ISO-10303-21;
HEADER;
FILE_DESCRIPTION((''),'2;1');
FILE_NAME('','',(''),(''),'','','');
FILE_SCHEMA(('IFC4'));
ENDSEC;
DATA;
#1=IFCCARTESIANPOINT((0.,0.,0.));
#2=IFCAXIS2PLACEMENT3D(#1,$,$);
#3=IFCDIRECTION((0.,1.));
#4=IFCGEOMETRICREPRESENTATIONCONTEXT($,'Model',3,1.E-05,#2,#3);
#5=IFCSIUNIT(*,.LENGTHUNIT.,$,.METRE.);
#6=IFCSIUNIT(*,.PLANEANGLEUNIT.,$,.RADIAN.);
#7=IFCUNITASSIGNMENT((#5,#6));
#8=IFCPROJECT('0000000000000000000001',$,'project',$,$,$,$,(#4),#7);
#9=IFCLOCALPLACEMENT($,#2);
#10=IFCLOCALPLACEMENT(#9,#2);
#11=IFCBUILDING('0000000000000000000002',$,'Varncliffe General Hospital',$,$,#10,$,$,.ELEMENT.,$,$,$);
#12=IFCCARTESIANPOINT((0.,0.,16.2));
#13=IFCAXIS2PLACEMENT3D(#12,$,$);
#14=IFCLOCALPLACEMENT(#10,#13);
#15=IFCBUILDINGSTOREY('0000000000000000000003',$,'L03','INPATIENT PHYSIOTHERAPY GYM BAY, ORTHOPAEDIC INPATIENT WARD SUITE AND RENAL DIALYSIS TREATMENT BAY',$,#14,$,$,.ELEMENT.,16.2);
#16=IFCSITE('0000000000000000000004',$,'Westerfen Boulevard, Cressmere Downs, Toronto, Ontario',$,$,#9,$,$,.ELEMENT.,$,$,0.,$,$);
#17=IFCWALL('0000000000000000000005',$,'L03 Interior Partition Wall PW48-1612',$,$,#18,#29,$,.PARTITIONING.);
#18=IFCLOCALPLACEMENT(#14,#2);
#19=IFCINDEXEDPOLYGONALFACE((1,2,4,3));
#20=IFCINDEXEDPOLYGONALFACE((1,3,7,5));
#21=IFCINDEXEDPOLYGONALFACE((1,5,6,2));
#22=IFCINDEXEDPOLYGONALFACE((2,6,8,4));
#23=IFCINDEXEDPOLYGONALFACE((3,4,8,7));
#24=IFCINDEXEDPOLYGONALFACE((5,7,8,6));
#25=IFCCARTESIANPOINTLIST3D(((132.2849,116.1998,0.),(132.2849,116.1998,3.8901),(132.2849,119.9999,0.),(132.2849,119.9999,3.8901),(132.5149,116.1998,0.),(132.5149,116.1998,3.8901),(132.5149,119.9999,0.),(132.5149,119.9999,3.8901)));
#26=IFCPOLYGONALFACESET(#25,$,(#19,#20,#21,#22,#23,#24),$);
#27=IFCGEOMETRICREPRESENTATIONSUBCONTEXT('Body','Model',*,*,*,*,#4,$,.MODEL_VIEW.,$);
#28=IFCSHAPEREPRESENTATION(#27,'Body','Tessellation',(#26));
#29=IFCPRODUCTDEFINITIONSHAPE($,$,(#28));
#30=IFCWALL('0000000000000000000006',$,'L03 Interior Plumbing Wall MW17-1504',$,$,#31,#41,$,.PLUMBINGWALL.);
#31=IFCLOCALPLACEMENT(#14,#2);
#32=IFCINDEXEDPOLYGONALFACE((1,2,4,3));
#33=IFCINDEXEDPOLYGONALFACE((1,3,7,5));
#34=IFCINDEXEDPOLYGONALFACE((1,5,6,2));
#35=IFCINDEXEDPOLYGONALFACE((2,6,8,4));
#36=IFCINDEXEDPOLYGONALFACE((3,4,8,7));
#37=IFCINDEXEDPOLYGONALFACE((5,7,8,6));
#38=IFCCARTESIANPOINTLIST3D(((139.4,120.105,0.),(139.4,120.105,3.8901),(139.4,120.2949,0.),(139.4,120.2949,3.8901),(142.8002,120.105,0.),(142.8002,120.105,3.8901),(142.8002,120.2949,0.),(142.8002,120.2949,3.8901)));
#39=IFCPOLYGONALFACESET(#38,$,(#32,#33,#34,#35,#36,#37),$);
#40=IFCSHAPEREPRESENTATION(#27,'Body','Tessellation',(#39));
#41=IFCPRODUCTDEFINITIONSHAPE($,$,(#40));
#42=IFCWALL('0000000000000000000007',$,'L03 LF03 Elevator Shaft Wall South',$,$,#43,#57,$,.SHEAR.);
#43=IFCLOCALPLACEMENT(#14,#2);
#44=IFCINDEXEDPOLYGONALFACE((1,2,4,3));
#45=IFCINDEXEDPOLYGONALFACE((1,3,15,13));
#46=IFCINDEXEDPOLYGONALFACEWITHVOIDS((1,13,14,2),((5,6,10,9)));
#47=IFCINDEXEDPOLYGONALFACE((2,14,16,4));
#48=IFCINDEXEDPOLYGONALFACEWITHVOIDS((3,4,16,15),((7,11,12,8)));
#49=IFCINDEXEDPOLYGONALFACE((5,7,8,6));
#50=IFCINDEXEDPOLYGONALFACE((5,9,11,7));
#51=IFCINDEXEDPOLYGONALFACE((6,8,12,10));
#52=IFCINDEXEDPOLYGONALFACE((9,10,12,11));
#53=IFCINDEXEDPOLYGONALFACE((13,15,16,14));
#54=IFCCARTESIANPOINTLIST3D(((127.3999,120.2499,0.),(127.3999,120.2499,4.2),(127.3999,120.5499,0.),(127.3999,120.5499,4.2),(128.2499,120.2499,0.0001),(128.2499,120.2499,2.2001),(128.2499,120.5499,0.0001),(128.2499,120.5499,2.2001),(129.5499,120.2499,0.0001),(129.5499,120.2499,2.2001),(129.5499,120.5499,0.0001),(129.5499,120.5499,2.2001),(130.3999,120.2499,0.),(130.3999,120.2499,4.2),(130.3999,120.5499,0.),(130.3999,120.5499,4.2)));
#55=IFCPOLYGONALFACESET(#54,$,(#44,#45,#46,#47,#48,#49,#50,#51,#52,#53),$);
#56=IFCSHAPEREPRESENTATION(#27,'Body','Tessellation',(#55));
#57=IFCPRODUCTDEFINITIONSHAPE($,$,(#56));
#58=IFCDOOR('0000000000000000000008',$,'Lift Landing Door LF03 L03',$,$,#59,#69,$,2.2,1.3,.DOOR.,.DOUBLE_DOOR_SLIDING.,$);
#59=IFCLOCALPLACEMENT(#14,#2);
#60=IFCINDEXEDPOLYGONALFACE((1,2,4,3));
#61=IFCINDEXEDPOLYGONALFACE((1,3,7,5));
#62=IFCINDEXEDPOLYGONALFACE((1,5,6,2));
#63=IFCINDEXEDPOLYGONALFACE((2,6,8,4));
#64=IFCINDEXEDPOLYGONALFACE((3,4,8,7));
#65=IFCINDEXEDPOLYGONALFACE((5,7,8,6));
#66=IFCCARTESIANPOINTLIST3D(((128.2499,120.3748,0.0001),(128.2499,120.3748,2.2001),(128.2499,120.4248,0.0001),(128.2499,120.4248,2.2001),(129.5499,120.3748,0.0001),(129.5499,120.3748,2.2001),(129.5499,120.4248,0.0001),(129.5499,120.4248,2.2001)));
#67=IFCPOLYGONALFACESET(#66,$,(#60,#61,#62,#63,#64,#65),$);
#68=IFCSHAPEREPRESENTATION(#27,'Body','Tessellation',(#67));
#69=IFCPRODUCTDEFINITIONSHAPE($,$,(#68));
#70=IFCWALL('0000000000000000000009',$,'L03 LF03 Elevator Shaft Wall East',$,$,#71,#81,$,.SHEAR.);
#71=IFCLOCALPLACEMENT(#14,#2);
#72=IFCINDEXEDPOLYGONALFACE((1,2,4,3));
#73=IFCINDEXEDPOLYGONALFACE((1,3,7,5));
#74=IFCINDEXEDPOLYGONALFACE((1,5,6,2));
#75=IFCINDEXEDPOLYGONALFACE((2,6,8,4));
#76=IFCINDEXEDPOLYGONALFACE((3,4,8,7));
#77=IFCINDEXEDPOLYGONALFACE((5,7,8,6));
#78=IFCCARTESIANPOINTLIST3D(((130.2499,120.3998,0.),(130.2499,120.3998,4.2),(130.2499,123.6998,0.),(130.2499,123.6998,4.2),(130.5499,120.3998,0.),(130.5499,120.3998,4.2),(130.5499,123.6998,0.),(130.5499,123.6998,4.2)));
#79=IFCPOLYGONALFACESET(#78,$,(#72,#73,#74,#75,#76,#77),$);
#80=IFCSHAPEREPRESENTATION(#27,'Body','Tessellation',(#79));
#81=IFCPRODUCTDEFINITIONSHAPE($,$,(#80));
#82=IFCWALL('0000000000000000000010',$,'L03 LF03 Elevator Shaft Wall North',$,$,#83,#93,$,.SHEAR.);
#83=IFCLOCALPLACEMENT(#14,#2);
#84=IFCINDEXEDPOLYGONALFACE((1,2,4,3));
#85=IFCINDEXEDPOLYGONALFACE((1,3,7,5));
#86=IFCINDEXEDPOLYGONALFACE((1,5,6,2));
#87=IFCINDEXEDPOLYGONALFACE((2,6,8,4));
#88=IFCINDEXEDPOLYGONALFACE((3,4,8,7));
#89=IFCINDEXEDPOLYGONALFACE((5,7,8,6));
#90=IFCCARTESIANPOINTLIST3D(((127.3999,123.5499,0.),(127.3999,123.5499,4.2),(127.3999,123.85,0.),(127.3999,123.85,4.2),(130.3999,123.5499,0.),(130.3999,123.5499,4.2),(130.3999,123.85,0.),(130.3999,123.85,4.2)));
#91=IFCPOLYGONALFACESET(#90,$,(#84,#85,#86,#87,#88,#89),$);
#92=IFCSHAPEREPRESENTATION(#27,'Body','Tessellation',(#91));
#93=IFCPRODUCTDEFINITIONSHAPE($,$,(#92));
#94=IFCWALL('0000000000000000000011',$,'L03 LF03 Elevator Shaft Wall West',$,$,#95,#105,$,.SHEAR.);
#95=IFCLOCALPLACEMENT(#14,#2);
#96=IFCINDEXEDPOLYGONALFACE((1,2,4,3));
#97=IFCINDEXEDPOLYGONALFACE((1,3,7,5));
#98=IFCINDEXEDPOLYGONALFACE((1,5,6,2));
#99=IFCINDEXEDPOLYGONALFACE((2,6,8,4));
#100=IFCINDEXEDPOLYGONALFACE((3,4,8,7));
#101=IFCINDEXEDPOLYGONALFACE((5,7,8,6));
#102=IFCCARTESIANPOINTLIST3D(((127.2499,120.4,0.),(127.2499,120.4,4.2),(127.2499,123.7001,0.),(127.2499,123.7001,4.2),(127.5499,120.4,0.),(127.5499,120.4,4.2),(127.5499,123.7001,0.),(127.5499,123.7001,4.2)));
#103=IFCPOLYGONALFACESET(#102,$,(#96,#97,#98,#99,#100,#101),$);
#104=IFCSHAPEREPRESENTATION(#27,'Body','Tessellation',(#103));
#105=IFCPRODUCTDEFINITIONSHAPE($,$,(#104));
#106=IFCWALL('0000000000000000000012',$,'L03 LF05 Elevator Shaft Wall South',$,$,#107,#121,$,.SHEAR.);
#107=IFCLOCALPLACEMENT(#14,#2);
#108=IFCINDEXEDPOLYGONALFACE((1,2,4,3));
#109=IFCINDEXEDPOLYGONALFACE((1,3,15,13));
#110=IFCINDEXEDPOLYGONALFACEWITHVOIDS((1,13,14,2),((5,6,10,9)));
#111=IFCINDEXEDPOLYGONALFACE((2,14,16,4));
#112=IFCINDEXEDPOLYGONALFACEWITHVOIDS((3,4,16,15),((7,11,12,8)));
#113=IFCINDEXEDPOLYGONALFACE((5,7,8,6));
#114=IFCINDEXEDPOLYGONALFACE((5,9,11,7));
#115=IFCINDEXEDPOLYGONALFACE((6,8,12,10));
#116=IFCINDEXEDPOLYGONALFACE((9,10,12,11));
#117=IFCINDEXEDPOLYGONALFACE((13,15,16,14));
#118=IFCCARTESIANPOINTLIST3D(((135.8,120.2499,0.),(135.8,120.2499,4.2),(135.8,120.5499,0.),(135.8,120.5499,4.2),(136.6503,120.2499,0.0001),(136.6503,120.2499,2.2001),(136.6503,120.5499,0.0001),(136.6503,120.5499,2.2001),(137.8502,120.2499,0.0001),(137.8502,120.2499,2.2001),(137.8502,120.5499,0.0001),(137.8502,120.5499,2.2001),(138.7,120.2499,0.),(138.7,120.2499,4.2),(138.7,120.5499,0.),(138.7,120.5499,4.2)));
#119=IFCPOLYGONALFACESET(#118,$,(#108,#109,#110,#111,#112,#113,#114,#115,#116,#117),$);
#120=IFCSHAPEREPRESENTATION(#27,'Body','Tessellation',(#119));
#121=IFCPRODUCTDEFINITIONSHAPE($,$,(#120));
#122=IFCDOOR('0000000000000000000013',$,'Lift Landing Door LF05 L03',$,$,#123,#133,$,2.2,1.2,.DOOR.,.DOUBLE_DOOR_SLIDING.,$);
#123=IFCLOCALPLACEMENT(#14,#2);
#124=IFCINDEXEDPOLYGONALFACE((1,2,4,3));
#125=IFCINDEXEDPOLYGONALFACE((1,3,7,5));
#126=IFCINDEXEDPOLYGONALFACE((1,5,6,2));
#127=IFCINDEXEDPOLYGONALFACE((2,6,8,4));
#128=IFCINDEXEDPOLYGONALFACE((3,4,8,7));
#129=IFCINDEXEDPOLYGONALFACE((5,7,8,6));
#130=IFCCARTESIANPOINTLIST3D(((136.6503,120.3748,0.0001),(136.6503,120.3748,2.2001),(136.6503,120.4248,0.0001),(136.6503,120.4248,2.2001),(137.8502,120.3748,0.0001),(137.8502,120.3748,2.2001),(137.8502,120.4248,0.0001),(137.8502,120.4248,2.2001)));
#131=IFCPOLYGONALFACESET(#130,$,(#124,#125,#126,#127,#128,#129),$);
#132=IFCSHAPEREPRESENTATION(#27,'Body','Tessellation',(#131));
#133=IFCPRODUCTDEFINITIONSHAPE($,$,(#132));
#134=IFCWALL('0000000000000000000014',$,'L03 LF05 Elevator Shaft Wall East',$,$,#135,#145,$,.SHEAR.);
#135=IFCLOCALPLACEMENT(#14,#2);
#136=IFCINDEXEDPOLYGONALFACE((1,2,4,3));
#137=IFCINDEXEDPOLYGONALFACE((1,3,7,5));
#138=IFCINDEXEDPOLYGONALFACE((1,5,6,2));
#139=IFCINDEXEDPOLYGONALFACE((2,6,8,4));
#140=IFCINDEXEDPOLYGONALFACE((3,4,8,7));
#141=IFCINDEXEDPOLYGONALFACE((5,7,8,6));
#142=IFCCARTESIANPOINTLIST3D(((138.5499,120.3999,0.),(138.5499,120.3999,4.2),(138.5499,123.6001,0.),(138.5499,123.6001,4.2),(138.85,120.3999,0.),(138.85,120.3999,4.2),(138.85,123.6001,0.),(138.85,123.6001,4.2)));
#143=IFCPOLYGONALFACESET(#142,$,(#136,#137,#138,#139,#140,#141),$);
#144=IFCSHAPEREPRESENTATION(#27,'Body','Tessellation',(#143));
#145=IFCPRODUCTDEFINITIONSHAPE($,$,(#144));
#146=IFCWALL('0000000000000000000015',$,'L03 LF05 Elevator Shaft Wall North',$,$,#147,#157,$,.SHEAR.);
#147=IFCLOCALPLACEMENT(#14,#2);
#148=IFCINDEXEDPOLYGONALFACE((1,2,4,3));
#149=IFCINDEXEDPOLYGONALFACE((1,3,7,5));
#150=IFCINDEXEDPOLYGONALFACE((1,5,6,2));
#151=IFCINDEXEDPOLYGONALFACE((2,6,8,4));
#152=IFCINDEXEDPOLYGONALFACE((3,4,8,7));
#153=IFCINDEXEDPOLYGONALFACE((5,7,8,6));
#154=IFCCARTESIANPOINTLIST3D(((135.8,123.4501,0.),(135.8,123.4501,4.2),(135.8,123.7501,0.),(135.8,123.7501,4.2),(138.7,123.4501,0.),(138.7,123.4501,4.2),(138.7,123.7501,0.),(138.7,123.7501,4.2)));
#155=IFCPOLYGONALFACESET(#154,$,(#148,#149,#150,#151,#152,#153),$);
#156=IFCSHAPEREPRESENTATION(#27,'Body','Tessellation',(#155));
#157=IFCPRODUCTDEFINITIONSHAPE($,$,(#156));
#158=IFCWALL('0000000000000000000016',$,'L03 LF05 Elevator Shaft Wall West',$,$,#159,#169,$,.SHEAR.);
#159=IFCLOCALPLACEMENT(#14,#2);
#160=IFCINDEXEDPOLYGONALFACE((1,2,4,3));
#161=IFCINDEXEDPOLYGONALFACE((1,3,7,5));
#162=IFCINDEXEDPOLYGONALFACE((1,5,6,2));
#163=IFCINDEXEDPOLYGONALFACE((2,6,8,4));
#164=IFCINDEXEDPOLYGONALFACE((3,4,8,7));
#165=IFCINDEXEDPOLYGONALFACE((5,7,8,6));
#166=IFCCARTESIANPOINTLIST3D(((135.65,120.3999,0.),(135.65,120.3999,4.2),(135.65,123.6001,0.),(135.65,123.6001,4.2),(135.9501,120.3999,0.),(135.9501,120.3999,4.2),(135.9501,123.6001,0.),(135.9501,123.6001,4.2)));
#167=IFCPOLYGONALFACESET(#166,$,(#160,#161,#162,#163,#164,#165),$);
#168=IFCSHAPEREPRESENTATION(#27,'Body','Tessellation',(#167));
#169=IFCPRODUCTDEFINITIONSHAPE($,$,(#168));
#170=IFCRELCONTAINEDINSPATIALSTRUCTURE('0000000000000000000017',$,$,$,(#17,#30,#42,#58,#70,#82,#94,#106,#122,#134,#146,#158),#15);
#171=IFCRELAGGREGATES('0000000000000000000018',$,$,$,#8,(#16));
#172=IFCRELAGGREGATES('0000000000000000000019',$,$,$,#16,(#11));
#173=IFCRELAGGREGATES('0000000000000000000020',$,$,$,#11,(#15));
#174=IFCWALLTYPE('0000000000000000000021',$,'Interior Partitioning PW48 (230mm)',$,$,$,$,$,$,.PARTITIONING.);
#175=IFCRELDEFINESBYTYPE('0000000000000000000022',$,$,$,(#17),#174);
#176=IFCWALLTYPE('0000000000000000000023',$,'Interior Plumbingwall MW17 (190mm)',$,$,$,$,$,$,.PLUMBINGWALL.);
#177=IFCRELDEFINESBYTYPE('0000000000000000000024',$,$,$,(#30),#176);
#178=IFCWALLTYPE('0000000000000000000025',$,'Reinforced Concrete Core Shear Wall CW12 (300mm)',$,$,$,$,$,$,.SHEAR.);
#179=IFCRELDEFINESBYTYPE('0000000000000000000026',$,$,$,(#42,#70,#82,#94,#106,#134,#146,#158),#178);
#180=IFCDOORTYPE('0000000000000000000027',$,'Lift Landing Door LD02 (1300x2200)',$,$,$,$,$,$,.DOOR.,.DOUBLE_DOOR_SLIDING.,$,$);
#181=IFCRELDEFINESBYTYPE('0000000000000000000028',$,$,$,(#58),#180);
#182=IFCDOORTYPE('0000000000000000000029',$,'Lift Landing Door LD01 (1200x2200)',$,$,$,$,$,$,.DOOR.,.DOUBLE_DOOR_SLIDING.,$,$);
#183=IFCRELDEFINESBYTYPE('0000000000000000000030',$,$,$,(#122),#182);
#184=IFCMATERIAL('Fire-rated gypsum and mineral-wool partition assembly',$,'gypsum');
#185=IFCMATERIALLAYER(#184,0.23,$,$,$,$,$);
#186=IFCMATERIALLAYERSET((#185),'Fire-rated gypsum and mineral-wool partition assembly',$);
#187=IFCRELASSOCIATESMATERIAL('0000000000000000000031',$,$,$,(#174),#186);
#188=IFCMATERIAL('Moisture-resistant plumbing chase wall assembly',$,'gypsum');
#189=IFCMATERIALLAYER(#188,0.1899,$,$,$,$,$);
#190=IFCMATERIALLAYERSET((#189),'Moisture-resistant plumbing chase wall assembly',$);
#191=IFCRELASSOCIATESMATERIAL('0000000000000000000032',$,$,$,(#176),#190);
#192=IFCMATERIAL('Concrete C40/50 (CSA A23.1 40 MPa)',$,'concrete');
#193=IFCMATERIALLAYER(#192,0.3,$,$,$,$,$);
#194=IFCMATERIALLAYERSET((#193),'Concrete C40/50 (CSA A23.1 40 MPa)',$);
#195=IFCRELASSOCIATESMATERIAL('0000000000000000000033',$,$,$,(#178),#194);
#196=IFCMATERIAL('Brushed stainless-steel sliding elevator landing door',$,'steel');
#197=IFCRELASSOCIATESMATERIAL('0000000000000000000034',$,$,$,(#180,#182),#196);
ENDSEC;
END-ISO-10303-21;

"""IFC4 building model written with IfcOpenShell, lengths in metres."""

from ifc_helpers import new_model, si_unit, direction, frame, frame_2d, origin, place, context, subcontext, project, spatial, rectangle, extrude, material, layer, layer_set, type_object, element, fill, save


model = new_model("IFC4")

# Units and contexts
model_context = context("Model", 3, precision=1e-05, world=origin(), true_north=direction((0.0, 1.0)))
body_context = subcontext(model_context, "Body", "Model", "MODEL_VIEW")
ifc_project = project(units=[si_unit("LENGTHUNIT", "METRE"), si_unit("PLANEANGLEUNIT", "RADIAN")], contexts=[model_context])

# Site, building, storey
site_placement = place(None, origin())
site = spatial("IfcSite", under=ifc_project, at=site_placement, Name="Westerfen Boulevard, Cressmere Downs, Toronto, Ontario", CompositionType="ELEMENT", RefElevation=0.0)
building_placement = place(site_placement, origin())
building = spatial("IfcBuilding", under=site, at=building_placement, Name="Varncliffe General Hospital", CompositionType="ELEMENT")
storey_placement = place(building_placement, frame((0.0, 0.0, 16.2)))
storey = spatial("IfcBuildingStorey", under=building, at=storey_placement, Name="L03", Description="INPATIENT PHYSIOTHERAPY GYM BAY, ORTHOPAEDIC INPATIENT WARD SUITE AND RENAL DIALYSIS TREATMENT BAY", CompositionType="ELEMENT", Elevation=16.2)

# Shared definitions
ifc_material_1 = material(Name="Concrete C40/50 (CSA A23.1 40 MPa)", Category="concrete")

# Shared definitions
ifc_material_2 = material(Name="Fire-rated gypsum and mineral-wool partition assembly", Category="gypsum")

# Walls
ifc_layer_1 = layer(ifc_material_2, 0.23)
ifc_layer_set_1 = layer_set([ifc_layer_1], Name="Fire-rated gypsum and mineral-wool partition assembly")
wall_type_1 = type_object("IfcWallType", Name="Interior Partitioning PW48 (230mm)", PredefinedType="PARTITIONING", material=ifc_layer_set_1)
for number, where, z_axis, x_axis, name in (
    (1, (132.3999, 116.2, 0.0), (0.0, 0.0, 1.0), (0.0, 1.0, 0.0), "L03 Interior Partition Wall PW48-1612"),
):
    element("IfcWall", number, at=place(storey_placement, frame(where, z_axis=z_axis, x_axis=x_axis)), inside=storey, type_object=wall_type_1, Name=name, PredefinedType="PARTITIONING", context=body_context, shape_type="SweptSolid", body=[
        extrude(rectangle(XDim=3.8, YDim=0.23, at=frame_2d((1.8999, 0.0))), origin(), (0.0, 0.0, 1.0), 3.8901),
    ])
ifc_material_3 = material(Name="Moisture-resistant plumbing chase wall assembly", Category="gypsum")
ifc_layer_2 = layer(ifc_material_3, 0.1899)
ifc_layer_set_2 = layer_set([ifc_layer_2], Name="Moisture-resistant plumbing chase wall assembly")
wall_type_2 = type_object("IfcWallType", Name="Interior Plumbingwall MW17 (190mm)", PredefinedType="PLUMBINGWALL", material=ifc_layer_set_2)
wall_1_placement = place(storey_placement, frame((139.3999, 120.2, 0.0), z_axis=(0.0, 0.0, 1.0), x_axis=(1.0, 0.0, 0.0)))
element("IfcWall", 2, at=wall_1_placement, inside=storey, type_object=wall_type_2, Name="L03 Interior Plumbing Wall MW17-1504", PredefinedType="PLUMBINGWALL", context=body_context, shape_type="SweptSolid", body=[
    extrude(rectangle(XDim=3.4001, YDim=0.1899, at=frame_2d((1.7002, 0.0))), origin(), (0.0, 0.0, 1.0), 3.8901),
])

# Wall, opening, door
ifc_layer_3 = layer(ifc_material_1, 0.3)
ifc_layer_set_3 = layer_set([ifc_layer_3], Name="Concrete C40/50 (CSA A23.1 40 MPa)")
wall_type_3 = type_object("IfcWallType", Name="Reinforced Concrete Core Shear Wall CW12 (300mm)", PredefinedType="SHEAR", material=ifc_layer_set_3)
wall_2_placement = place(storey_placement, frame((127.3999, 120.3999, 0.0), z_axis=(0.0, 0.0, 1.0), x_axis=(1.0, 0.0, 0.0)))
wall_2 = element("IfcWall", 3, at=wall_2_placement, inside=storey, type_object=wall_type_3, Name="L03 LF03 Elevator Shaft Wall South", PredefinedType="SHEAR", context=body_context, shape_type="SweptSolid", body=[
    extrude(rectangle(XDim=3.0, YDim=0.3, at=frame_2d((1.5, 0.0))), origin(), (0.0, 0.0, 1.0), 4.2),
])
opening_1_placement = place(wall_2_placement, frame((0.8501, 0.0, 0.0)))
opening_1 = element("IfcOpeningElement", 4, at=opening_1_placement, cuts=wall_2, PredefinedType="OPENING", context=body_context, shape_type="SweptSolid", body=[
    extrude(rectangle(XDim=1.3, YDim=2.2, at=frame_2d((0.6499, 1.1001))), frame((0.0, 0.1602, 0.0), z_axis=(0.0, -1.0, 0.0), x_axis=(1.0, 0.0, 0.0)), (0.0, 0.0, 1.0), 0.3201),
])
ifc_material_4 = material(Name="Brushed stainless-steel sliding elevator landing door", Category="steel")
door_type_1 = type_object("IfcDoorType", Name="Lift Landing Door LD02 (1300x2200)", OperationType="DOUBLE_DOOR_SLIDING", PredefinedType="DOOR", material=ifc_material_4)
door_1_placement = place(opening_1_placement, origin())
door_1 = element("IfcDoor", 5, at=door_1_placement, inside=storey, type_object=door_type_1, Name="Lift Landing Door LF03 L03", OperationType="DOUBLE_DOOR_SLIDING", OverallHeight=2.2, OverallWidth=1.3, PredefinedType="DOOR", context=body_context, shape_type="SweptSolid", body=[
    extrude(rectangle(XDim=1.3, YDim=2.2, at=frame_2d((0.6499, 1.1001))), frame((0.0, 0.0249, 0.0), z_axis=(0.0, -1.0, 0.0), x_axis=(1.0, 0.0, 0.0)), (0.0, 0.0, 1.0), 0.05),
])
fill(opening_1, door_1)

# Walls
wall_3_placement = place(storey_placement, frame((130.3999, 120.3999, 0.0), z_axis=(0.0, 0.0, 1.0), x_axis=(0.0, 1.0, 0.0)))
element("IfcWall", 6, at=wall_3_placement, inside=storey, type_object=wall_type_3, Name="L03 LF03 Elevator Shaft Wall East", PredefinedType="SHEAR", context=body_context, shape_type="SweptSolid", body=[
    extrude(rectangle(XDim=3.3, YDim=0.3, at=frame_2d((1.6499, 0.0))), origin(), (0.0, 0.0, 1.0), 4.2),
])
wall_4_placement = place(storey_placement, frame((130.3999, 123.7, 0.0), z_axis=(0.0, 0.0, 1.0), x_axis=(-1.0, 0.0, 0.0)))
element("IfcWall", 7, at=wall_4_placement, inside=storey, type_object=wall_type_3, Name="L03 LF03 Elevator Shaft Wall North", PredefinedType="SHEAR", context=body_context, shape_type="SweptSolid", body=[
    extrude(rectangle(XDim=3.0, YDim=0.3, at=frame_2d((1.5, 0.0))), origin(), (0.0, 0.0, 1.0), 4.2),
])
wall_5_placement = place(storey_placement, frame((127.3999, 123.7, 0.0), z_axis=(0.0, 0.0, 1.0), x_axis=(0.0, -1.0, 0.0)))
element("IfcWall", 8, at=wall_5_placement, inside=storey, type_object=wall_type_3, Name="L03 LF03 Elevator Shaft Wall West", PredefinedType="SHEAR", context=body_context, shape_type="SweptSolid", body=[
    extrude(rectangle(XDim=3.3, YDim=0.3, at=frame_2d((1.6499, 0.0))), origin(), (0.0, 0.0, 1.0), 4.2),
])

# Wall, opening, door
wall_6_placement = place(storey_placement, frame((135.8, 120.3999, 0.0), z_axis=(0.0, 0.0, 1.0), x_axis=(1.0, 0.0, 0.0)))
wall_6 = element("IfcWall", 9, at=wall_6_placement, inside=storey, type_object=wall_type_3, Name="L03 LF05 Elevator Shaft Wall South", PredefinedType="SHEAR", context=body_context, shape_type="SweptSolid", body=[
    extrude(rectangle(XDim=2.8999, YDim=0.3, at=frame_2d((1.45, 0.0))), origin(), (0.0, 0.0, 1.0), 4.2),
])
opening_2_placement = place(wall_6_placement, frame((0.8501, 0.0, 0.0)))
opening_2 = element("IfcOpeningElement", 10, at=opening_2_placement, cuts=wall_6, PredefinedType="OPENING", context=body_context, shape_type="SweptSolid", body=[
    extrude(rectangle(XDim=1.2, YDim=2.2, at=frame_2d((0.6001, 1.1001))), frame((0.0, 0.1602, 0.0), z_axis=(0.0, -1.0, 0.0), x_axis=(1.0, 0.0, 0.0)), (0.0, 0.0, 1.0), 0.3201),
])
door_type_2 = type_object("IfcDoorType", Name="Lift Landing Door LD01 (1200x2200)", OperationType="DOUBLE_DOOR_SLIDING", PredefinedType="DOOR", material=ifc_material_4)
door_2_placement = place(opening_2_placement, origin())
door_2 = element("IfcDoor", 11, at=door_2_placement, inside=storey, type_object=door_type_2, Name="Lift Landing Door LF05 L03", OperationType="DOUBLE_DOOR_SLIDING", OverallHeight=2.2, OverallWidth=1.2, PredefinedType="DOOR", context=body_context, shape_type="SweptSolid", body=[
    extrude(rectangle(XDim=1.2, YDim=2.2, at=frame_2d((0.6001, 1.1001))), frame((0.0, 0.0249, 0.0), z_axis=(0.0, -1.0, 0.0), x_axis=(1.0, 0.0, 0.0)), (0.0, 0.0, 1.0), 0.05),
])
fill(opening_2, door_2)

# Walls
wall_7_placement = place(storey_placement, frame((138.7, 120.3999, 0.0), z_axis=(0.0, 0.0, 1.0), x_axis=(0.0, 1.0, 0.0)))
element("IfcWall", 12, at=wall_7_placement, inside=storey, type_object=wall_type_3, Name="L03 LF05 Elevator Shaft Wall East", PredefinedType="SHEAR", context=body_context, shape_type="SweptSolid", body=[
    extrude(rectangle(XDim=3.2002, YDim=0.3, at=frame_2d((1.6001, 0.0))), origin(), (0.0, 0.0, 1.0), 4.2),
])
wall_8_placement = place(storey_placement, frame((138.7, 123.6001, 0.0), z_axis=(0.0, 0.0, 1.0), x_axis=(-1.0, 0.0, 0.0)))
element("IfcWall", 13, at=wall_8_placement, inside=storey, type_object=wall_type_3, Name="L03 LF05 Elevator Shaft Wall North", PredefinedType="SHEAR", context=body_context, shape_type="SweptSolid", body=[
    extrude(rectangle(XDim=2.8999, YDim=0.3, at=frame_2d((1.45, 0.0))), origin(), (0.0, 0.0, 1.0), 4.2),
])
wall_9_placement = place(storey_placement, frame((135.8, 123.6001, 0.0), z_axis=(0.0, 0.0, 1.0), x_axis=(0.0, -1.0, 0.0)))
element("IfcWall", 14, at=wall_9_placement, inside=storey, type_object=wall_type_3, Name="L03 LF05 Elevator Shaft Wall West", PredefinedType="SHEAR", context=body_context, shape_type="SweptSolid", body=[
    extrude(rectangle(XDim=3.2002, YDim=0.3, at=frame_2d((1.6001, 0.0))), origin(), (0.0, 0.0, 1.0), 4.2),
])

save(model, "model.ifc")
